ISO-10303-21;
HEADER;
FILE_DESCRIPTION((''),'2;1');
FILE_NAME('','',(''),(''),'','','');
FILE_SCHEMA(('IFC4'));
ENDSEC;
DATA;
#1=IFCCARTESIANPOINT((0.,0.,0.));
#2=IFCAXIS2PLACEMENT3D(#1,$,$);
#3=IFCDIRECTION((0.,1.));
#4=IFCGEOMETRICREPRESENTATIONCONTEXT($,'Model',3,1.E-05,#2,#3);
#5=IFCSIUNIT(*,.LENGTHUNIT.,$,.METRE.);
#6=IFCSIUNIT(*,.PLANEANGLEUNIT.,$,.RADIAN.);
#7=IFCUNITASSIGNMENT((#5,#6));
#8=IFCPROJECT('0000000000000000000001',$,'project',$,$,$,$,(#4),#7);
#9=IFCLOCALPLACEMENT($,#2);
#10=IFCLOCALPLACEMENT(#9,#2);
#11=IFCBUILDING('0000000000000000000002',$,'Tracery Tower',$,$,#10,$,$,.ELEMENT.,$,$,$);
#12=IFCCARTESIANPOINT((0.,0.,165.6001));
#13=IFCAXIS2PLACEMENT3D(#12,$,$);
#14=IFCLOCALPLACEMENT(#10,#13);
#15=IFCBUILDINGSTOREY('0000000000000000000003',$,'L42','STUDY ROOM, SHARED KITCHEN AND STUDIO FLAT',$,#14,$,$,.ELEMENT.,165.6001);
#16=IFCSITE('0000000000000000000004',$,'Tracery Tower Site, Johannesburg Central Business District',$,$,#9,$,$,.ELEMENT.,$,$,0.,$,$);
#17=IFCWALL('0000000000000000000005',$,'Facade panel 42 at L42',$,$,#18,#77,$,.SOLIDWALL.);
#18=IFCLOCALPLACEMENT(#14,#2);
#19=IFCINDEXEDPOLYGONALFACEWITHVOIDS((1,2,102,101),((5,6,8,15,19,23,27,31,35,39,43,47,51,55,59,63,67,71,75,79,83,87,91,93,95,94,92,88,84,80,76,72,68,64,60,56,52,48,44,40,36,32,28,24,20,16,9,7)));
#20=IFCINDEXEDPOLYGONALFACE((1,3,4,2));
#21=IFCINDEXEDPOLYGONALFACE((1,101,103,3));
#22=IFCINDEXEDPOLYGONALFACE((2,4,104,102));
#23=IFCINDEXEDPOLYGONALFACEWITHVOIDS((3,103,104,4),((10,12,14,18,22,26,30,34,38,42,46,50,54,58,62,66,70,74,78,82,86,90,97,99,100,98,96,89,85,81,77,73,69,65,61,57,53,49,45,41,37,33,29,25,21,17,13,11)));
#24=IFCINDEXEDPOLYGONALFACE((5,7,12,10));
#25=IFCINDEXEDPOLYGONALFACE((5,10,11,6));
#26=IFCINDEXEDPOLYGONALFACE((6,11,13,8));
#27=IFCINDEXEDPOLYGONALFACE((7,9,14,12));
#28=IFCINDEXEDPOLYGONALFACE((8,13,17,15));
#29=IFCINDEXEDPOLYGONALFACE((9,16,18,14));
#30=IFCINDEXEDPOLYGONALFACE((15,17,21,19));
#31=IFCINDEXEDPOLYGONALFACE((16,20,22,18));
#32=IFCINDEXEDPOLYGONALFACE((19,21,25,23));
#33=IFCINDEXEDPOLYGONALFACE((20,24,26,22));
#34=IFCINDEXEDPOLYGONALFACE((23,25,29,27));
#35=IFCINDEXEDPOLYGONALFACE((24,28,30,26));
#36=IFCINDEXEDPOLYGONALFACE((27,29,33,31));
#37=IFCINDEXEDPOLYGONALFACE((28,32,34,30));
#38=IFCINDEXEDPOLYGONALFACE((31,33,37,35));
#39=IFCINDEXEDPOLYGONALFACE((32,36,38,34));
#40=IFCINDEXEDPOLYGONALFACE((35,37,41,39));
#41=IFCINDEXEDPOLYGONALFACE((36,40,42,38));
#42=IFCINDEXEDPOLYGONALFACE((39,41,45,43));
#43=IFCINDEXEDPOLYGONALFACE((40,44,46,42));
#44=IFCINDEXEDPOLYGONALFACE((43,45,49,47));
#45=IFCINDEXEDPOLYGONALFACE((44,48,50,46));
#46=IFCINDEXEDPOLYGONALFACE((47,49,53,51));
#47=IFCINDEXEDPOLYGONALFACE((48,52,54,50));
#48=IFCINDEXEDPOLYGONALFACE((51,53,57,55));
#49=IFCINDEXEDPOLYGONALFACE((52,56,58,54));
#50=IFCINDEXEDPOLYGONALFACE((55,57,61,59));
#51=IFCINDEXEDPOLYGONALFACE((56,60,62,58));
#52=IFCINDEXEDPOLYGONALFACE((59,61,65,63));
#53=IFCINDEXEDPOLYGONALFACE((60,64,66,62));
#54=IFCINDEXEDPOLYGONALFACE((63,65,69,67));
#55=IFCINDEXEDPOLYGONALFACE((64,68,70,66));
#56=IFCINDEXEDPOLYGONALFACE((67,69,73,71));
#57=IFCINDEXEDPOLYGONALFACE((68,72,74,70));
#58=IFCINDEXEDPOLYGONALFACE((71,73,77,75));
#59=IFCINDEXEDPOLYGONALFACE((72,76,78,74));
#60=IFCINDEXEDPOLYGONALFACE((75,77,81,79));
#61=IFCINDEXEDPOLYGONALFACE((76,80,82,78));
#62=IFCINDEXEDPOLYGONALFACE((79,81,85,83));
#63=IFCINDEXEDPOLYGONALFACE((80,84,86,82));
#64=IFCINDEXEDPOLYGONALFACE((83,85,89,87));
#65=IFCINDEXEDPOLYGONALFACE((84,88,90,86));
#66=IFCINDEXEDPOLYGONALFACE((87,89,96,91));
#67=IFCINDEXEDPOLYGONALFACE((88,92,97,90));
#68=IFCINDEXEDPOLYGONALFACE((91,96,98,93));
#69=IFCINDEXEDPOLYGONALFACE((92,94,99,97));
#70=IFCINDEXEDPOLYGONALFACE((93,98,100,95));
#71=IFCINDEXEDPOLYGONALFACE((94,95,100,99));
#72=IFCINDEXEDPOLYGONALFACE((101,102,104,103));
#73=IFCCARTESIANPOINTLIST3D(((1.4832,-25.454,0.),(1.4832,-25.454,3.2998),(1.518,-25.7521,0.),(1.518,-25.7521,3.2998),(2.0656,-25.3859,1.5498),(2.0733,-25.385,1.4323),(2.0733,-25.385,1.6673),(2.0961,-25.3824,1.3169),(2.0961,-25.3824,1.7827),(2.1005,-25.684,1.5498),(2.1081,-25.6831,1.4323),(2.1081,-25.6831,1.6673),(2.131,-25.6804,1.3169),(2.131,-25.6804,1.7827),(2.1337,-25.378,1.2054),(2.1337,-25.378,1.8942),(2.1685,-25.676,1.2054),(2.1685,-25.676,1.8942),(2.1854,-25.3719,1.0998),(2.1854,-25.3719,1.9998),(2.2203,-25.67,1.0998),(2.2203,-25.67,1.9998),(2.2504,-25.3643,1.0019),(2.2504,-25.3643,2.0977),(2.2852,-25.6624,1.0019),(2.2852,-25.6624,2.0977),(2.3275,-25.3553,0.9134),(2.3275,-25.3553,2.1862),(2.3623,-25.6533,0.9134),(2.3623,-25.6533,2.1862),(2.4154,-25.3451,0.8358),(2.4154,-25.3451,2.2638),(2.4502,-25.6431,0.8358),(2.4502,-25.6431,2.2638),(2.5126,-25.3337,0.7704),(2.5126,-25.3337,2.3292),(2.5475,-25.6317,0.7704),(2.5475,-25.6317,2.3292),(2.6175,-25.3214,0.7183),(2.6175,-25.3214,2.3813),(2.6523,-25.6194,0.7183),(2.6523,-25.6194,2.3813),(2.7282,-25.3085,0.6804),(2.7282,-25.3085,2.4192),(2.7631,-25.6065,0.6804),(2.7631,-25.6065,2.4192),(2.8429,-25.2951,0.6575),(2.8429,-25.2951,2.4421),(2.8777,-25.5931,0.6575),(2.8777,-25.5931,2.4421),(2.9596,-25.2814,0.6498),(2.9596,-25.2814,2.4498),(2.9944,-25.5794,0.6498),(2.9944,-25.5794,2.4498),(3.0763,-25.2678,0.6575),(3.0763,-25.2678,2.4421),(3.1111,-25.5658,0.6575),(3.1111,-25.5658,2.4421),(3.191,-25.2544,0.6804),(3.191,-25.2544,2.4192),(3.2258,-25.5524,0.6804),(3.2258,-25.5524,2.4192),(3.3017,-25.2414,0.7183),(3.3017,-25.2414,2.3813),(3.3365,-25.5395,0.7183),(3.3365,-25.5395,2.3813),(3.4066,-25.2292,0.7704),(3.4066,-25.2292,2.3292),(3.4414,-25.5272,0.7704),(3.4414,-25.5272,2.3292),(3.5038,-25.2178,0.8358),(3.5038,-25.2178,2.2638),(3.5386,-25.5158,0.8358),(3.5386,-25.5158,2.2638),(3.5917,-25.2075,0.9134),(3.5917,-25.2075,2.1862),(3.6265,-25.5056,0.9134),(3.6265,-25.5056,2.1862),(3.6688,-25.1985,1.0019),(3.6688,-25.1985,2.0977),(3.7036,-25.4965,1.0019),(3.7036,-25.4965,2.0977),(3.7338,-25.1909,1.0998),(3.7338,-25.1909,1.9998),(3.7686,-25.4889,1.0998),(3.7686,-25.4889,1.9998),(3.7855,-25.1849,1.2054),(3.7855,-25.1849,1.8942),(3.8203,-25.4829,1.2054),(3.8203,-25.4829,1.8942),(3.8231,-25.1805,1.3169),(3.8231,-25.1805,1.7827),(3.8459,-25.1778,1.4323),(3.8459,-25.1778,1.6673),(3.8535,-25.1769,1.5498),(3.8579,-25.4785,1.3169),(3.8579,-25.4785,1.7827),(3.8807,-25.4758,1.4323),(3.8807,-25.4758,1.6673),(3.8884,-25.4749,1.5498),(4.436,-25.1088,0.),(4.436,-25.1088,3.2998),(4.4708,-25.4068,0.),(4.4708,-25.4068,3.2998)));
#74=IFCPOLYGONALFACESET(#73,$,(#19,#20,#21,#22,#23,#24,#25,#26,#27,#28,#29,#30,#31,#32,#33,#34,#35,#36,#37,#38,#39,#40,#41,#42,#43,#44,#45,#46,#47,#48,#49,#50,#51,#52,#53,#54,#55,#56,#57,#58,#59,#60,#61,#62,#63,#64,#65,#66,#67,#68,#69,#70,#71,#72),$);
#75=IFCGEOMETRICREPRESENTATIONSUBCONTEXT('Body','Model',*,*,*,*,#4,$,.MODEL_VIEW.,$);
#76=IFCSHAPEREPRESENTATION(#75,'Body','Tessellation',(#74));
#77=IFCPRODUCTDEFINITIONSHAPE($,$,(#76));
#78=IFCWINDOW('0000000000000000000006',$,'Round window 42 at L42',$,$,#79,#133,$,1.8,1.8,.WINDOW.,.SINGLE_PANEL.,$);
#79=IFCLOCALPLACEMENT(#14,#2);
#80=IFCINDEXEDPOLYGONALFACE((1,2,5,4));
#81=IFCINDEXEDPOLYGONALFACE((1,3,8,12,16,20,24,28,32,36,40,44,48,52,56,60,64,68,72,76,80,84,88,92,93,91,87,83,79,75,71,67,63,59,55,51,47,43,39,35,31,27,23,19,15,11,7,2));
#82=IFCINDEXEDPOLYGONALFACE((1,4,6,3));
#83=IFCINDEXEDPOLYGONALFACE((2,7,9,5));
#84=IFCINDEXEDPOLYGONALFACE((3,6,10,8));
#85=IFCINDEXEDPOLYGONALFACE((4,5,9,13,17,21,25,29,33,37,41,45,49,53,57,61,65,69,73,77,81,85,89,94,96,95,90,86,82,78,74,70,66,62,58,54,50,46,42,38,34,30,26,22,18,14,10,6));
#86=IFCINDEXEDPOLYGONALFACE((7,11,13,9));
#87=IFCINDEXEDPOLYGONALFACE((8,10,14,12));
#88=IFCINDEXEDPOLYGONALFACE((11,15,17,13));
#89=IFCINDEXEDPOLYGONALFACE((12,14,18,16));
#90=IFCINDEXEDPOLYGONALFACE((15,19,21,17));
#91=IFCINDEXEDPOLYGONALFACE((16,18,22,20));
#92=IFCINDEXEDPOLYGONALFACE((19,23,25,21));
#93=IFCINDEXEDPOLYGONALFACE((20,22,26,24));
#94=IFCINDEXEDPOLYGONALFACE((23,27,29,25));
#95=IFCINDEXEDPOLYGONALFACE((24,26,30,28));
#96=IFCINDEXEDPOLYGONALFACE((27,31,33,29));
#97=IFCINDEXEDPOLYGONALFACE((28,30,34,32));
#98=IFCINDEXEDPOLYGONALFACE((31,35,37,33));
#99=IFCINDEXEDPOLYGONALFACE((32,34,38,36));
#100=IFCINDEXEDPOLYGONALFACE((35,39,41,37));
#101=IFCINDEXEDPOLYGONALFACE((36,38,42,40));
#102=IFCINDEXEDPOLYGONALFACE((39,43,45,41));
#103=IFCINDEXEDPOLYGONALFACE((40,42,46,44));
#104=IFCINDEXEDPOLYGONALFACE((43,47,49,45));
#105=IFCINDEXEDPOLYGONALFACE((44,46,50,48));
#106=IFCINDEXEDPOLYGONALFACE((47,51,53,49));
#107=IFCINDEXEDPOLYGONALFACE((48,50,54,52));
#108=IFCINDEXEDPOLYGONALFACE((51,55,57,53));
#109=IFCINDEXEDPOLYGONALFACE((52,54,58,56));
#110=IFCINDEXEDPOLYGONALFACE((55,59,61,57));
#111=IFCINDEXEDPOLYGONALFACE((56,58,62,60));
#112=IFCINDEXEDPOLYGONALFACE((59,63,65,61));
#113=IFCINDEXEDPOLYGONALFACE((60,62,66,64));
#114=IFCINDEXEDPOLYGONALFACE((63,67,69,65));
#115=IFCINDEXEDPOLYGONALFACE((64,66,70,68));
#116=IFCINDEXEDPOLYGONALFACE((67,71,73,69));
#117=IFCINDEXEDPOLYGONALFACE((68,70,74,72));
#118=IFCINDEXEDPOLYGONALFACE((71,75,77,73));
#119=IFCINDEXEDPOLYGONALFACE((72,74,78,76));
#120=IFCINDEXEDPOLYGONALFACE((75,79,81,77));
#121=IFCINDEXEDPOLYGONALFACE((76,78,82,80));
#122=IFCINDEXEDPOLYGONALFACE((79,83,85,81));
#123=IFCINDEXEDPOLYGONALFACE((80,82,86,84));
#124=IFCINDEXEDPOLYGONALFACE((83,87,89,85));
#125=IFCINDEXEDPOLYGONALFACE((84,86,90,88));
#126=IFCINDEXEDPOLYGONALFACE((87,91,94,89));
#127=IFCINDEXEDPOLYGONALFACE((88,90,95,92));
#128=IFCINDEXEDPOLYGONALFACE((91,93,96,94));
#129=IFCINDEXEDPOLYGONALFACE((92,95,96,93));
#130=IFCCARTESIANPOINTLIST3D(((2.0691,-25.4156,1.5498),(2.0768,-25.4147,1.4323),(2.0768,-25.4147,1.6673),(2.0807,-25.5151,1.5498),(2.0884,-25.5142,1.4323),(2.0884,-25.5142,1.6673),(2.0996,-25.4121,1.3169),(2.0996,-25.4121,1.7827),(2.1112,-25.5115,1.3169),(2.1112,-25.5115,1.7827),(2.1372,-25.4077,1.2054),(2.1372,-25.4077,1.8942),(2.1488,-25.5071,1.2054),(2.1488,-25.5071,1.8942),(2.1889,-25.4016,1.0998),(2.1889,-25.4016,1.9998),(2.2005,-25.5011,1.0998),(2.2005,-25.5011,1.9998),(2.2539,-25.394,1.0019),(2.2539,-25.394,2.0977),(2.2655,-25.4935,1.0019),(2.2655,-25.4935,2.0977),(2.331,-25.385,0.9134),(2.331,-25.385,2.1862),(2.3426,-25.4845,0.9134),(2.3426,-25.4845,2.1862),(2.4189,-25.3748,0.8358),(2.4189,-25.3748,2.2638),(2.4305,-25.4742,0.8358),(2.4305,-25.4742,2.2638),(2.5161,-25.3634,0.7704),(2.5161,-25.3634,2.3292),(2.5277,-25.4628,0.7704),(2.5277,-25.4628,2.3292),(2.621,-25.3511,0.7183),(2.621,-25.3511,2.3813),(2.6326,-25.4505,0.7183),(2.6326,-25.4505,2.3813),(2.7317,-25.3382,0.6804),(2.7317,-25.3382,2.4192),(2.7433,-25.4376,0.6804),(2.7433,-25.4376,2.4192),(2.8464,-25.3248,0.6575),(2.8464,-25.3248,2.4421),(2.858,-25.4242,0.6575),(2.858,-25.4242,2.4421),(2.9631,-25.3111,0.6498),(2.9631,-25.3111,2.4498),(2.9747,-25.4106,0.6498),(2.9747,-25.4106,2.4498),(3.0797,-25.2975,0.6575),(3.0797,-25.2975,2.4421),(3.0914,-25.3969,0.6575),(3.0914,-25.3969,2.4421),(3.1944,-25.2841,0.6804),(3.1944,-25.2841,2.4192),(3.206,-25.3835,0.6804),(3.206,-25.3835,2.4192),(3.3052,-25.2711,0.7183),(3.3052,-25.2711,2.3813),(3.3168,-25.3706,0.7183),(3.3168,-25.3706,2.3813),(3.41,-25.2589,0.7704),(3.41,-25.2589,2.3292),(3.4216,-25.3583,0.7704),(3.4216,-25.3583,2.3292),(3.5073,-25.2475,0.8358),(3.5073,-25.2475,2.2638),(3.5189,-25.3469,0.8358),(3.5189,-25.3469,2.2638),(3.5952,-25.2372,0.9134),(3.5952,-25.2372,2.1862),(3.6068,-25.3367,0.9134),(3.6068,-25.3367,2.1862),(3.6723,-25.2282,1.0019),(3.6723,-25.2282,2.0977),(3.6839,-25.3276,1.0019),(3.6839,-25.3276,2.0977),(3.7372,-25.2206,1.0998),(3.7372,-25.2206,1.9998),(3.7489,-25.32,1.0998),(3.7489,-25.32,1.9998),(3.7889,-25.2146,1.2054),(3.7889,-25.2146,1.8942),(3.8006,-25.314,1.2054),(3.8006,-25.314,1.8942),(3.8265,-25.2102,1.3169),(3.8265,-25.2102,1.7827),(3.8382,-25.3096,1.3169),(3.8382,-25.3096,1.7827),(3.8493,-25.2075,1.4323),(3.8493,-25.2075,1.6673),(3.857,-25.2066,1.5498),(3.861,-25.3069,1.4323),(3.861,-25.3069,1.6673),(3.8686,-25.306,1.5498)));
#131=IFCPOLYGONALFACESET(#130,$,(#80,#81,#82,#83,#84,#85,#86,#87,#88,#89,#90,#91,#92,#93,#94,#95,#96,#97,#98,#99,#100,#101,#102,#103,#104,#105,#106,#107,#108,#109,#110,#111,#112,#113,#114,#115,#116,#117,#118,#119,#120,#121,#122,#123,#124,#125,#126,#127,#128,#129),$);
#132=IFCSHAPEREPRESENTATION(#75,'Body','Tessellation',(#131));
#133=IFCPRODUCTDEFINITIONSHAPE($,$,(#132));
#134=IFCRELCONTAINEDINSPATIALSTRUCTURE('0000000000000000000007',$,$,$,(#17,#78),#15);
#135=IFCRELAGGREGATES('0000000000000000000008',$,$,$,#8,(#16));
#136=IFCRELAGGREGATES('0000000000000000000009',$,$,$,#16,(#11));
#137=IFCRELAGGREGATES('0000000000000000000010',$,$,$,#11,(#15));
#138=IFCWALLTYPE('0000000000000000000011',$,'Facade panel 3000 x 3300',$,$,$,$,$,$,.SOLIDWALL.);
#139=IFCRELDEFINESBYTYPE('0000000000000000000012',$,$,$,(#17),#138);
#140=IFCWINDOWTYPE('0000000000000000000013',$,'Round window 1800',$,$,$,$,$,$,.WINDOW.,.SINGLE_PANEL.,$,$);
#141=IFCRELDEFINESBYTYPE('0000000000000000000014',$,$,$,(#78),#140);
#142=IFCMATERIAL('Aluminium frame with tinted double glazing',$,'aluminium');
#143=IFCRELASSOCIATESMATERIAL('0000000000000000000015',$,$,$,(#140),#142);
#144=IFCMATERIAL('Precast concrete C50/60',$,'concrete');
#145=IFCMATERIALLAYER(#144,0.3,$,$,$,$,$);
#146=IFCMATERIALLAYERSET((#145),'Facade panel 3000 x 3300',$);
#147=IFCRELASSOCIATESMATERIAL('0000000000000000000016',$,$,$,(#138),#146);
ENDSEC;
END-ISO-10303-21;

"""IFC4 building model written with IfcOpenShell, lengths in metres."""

from ifc_helpers import new_model, si_unit, direction, frame, frame_2d, origin, origin_2d, place, context, subcontext, project, spatial, rectangle, circle, extrude, material, layer, layer_set, type_object, element, fill, save


model = new_model("IFC4")

# Units and contexts
model_context = context("Model", 3, precision=1e-05, world=origin(), true_north=direction((0.0, 1.0)))
body_context = subcontext(model_context, "Body", "Model", "MODEL_VIEW")
ifc_project = project(units=[si_unit("LENGTHUNIT", "METRE"), si_unit("PLANEANGLEUNIT", "RADIAN")], contexts=[model_context])

# Site, building, storey
site_placement = place(None, origin())
site = spatial("IfcSite", under=ifc_project, at=site_placement, Name="Tracery Tower Site, Johannesburg Central Business District", CompositionType="ELEMENT", RefElevation=0.0)
building_placement = place(site_placement, origin())
building = spatial("IfcBuilding", under=site, at=building_placement, Name="Tracery Tower", CompositionType="ELEMENT")
storey_placement = place(building_placement, frame((0.0, 0.0, 165.6001)))
storey = spatial("IfcBuildingStorey", under=building, at=storey_placement, Name="L42", Description="STUDY ROOM, SHARED KITCHEN AND STUDIO FLAT", CompositionType="ELEMENT", Elevation=165.6001)

# Wall, opening, window
ifc_material_1 = material(Name="Aluminium frame with tinted double glazing", Category="aluminium")
window_type = type_object("IfcWindowType", Name="Round window 1800", PartitioningType="SINGLE_PANEL", PredefinedType="WINDOW", material=ifc_material_1)
ifc_material_2 = material(Name="Precast concrete C50/60", Category="concrete")
ifc_layer_1 = layer(ifc_material_2, 0.3)
ifc_layer_set_1 = layer_set([ifc_layer_1], Name="Facade panel 3000 x 3300")
wall_type_1 = type_object("IfcWallType", Name="Facade panel 3000 x 3300", PredefinedType="SOLIDWALL", material=ifc_layer_set_1)
wall_1_placement = place(storey_placement, frame((1.5007, -25.603, 0.0), z_axis=(0.0, 0.0, 1.0), x_axis=(0.993236, 0.116117, 0.0)))
wall_1 = element("IfcWall", 1, at=wall_1_placement, inside=storey, type_object=wall_type_1, Name="Facade panel 42 at L42", PredefinedType="SOLIDWALL", context=body_context, shape_type="SweptSolid", body=[
    extrude(rectangle(XDim=2.9729, YDim=0.3, at=frame_2d((1.4863, 0.0))), origin(), (0.0, 0.0, 1.0), 3.2998),
])
opening_1_placement = place(wall_1_placement, frame((1.4863, 0.0, 1.5498)))
opening_1 = element("IfcOpeningElement", 2, at=opening_1_placement, cuts=wall_1, PredefinedType="OPENING", context=body_context, shape_type="SweptSolid", body=[
    extrude(circle(Radius=0.9, at=origin_2d()), frame((0.0, 0.1599, 0.0), z_axis=(0.0, -1.0, 0.0), x_axis=(1.0, 0.0, 0.0)), (0.0, 0.0, 1.0), 0.3201),
])
window_1_placement = place(opening_1_placement, origin())
window_1 = element("IfcWindow", 3, at=window_1_placement, inside=storey, type_object=window_type, Name="Round window 42 at L42", OverallHeight=1.8, OverallWidth=1.8, PartitioningType="SINGLE_PANEL", PredefinedType="WINDOW", context=body_context, shape_type="SweptSolid", body=[
    extrude(circle(Radius=0.9, at=origin_2d()), frame((0.0, 0.1201, 0.0), z_axis=(0.0, -1.0, 0.0), x_axis=(1.0, 0.0, 0.0)), (0.0, 0.0, 1.0), 0.1001),
])
fill(opening_1, window_1)

save(model, "model.ifc")
